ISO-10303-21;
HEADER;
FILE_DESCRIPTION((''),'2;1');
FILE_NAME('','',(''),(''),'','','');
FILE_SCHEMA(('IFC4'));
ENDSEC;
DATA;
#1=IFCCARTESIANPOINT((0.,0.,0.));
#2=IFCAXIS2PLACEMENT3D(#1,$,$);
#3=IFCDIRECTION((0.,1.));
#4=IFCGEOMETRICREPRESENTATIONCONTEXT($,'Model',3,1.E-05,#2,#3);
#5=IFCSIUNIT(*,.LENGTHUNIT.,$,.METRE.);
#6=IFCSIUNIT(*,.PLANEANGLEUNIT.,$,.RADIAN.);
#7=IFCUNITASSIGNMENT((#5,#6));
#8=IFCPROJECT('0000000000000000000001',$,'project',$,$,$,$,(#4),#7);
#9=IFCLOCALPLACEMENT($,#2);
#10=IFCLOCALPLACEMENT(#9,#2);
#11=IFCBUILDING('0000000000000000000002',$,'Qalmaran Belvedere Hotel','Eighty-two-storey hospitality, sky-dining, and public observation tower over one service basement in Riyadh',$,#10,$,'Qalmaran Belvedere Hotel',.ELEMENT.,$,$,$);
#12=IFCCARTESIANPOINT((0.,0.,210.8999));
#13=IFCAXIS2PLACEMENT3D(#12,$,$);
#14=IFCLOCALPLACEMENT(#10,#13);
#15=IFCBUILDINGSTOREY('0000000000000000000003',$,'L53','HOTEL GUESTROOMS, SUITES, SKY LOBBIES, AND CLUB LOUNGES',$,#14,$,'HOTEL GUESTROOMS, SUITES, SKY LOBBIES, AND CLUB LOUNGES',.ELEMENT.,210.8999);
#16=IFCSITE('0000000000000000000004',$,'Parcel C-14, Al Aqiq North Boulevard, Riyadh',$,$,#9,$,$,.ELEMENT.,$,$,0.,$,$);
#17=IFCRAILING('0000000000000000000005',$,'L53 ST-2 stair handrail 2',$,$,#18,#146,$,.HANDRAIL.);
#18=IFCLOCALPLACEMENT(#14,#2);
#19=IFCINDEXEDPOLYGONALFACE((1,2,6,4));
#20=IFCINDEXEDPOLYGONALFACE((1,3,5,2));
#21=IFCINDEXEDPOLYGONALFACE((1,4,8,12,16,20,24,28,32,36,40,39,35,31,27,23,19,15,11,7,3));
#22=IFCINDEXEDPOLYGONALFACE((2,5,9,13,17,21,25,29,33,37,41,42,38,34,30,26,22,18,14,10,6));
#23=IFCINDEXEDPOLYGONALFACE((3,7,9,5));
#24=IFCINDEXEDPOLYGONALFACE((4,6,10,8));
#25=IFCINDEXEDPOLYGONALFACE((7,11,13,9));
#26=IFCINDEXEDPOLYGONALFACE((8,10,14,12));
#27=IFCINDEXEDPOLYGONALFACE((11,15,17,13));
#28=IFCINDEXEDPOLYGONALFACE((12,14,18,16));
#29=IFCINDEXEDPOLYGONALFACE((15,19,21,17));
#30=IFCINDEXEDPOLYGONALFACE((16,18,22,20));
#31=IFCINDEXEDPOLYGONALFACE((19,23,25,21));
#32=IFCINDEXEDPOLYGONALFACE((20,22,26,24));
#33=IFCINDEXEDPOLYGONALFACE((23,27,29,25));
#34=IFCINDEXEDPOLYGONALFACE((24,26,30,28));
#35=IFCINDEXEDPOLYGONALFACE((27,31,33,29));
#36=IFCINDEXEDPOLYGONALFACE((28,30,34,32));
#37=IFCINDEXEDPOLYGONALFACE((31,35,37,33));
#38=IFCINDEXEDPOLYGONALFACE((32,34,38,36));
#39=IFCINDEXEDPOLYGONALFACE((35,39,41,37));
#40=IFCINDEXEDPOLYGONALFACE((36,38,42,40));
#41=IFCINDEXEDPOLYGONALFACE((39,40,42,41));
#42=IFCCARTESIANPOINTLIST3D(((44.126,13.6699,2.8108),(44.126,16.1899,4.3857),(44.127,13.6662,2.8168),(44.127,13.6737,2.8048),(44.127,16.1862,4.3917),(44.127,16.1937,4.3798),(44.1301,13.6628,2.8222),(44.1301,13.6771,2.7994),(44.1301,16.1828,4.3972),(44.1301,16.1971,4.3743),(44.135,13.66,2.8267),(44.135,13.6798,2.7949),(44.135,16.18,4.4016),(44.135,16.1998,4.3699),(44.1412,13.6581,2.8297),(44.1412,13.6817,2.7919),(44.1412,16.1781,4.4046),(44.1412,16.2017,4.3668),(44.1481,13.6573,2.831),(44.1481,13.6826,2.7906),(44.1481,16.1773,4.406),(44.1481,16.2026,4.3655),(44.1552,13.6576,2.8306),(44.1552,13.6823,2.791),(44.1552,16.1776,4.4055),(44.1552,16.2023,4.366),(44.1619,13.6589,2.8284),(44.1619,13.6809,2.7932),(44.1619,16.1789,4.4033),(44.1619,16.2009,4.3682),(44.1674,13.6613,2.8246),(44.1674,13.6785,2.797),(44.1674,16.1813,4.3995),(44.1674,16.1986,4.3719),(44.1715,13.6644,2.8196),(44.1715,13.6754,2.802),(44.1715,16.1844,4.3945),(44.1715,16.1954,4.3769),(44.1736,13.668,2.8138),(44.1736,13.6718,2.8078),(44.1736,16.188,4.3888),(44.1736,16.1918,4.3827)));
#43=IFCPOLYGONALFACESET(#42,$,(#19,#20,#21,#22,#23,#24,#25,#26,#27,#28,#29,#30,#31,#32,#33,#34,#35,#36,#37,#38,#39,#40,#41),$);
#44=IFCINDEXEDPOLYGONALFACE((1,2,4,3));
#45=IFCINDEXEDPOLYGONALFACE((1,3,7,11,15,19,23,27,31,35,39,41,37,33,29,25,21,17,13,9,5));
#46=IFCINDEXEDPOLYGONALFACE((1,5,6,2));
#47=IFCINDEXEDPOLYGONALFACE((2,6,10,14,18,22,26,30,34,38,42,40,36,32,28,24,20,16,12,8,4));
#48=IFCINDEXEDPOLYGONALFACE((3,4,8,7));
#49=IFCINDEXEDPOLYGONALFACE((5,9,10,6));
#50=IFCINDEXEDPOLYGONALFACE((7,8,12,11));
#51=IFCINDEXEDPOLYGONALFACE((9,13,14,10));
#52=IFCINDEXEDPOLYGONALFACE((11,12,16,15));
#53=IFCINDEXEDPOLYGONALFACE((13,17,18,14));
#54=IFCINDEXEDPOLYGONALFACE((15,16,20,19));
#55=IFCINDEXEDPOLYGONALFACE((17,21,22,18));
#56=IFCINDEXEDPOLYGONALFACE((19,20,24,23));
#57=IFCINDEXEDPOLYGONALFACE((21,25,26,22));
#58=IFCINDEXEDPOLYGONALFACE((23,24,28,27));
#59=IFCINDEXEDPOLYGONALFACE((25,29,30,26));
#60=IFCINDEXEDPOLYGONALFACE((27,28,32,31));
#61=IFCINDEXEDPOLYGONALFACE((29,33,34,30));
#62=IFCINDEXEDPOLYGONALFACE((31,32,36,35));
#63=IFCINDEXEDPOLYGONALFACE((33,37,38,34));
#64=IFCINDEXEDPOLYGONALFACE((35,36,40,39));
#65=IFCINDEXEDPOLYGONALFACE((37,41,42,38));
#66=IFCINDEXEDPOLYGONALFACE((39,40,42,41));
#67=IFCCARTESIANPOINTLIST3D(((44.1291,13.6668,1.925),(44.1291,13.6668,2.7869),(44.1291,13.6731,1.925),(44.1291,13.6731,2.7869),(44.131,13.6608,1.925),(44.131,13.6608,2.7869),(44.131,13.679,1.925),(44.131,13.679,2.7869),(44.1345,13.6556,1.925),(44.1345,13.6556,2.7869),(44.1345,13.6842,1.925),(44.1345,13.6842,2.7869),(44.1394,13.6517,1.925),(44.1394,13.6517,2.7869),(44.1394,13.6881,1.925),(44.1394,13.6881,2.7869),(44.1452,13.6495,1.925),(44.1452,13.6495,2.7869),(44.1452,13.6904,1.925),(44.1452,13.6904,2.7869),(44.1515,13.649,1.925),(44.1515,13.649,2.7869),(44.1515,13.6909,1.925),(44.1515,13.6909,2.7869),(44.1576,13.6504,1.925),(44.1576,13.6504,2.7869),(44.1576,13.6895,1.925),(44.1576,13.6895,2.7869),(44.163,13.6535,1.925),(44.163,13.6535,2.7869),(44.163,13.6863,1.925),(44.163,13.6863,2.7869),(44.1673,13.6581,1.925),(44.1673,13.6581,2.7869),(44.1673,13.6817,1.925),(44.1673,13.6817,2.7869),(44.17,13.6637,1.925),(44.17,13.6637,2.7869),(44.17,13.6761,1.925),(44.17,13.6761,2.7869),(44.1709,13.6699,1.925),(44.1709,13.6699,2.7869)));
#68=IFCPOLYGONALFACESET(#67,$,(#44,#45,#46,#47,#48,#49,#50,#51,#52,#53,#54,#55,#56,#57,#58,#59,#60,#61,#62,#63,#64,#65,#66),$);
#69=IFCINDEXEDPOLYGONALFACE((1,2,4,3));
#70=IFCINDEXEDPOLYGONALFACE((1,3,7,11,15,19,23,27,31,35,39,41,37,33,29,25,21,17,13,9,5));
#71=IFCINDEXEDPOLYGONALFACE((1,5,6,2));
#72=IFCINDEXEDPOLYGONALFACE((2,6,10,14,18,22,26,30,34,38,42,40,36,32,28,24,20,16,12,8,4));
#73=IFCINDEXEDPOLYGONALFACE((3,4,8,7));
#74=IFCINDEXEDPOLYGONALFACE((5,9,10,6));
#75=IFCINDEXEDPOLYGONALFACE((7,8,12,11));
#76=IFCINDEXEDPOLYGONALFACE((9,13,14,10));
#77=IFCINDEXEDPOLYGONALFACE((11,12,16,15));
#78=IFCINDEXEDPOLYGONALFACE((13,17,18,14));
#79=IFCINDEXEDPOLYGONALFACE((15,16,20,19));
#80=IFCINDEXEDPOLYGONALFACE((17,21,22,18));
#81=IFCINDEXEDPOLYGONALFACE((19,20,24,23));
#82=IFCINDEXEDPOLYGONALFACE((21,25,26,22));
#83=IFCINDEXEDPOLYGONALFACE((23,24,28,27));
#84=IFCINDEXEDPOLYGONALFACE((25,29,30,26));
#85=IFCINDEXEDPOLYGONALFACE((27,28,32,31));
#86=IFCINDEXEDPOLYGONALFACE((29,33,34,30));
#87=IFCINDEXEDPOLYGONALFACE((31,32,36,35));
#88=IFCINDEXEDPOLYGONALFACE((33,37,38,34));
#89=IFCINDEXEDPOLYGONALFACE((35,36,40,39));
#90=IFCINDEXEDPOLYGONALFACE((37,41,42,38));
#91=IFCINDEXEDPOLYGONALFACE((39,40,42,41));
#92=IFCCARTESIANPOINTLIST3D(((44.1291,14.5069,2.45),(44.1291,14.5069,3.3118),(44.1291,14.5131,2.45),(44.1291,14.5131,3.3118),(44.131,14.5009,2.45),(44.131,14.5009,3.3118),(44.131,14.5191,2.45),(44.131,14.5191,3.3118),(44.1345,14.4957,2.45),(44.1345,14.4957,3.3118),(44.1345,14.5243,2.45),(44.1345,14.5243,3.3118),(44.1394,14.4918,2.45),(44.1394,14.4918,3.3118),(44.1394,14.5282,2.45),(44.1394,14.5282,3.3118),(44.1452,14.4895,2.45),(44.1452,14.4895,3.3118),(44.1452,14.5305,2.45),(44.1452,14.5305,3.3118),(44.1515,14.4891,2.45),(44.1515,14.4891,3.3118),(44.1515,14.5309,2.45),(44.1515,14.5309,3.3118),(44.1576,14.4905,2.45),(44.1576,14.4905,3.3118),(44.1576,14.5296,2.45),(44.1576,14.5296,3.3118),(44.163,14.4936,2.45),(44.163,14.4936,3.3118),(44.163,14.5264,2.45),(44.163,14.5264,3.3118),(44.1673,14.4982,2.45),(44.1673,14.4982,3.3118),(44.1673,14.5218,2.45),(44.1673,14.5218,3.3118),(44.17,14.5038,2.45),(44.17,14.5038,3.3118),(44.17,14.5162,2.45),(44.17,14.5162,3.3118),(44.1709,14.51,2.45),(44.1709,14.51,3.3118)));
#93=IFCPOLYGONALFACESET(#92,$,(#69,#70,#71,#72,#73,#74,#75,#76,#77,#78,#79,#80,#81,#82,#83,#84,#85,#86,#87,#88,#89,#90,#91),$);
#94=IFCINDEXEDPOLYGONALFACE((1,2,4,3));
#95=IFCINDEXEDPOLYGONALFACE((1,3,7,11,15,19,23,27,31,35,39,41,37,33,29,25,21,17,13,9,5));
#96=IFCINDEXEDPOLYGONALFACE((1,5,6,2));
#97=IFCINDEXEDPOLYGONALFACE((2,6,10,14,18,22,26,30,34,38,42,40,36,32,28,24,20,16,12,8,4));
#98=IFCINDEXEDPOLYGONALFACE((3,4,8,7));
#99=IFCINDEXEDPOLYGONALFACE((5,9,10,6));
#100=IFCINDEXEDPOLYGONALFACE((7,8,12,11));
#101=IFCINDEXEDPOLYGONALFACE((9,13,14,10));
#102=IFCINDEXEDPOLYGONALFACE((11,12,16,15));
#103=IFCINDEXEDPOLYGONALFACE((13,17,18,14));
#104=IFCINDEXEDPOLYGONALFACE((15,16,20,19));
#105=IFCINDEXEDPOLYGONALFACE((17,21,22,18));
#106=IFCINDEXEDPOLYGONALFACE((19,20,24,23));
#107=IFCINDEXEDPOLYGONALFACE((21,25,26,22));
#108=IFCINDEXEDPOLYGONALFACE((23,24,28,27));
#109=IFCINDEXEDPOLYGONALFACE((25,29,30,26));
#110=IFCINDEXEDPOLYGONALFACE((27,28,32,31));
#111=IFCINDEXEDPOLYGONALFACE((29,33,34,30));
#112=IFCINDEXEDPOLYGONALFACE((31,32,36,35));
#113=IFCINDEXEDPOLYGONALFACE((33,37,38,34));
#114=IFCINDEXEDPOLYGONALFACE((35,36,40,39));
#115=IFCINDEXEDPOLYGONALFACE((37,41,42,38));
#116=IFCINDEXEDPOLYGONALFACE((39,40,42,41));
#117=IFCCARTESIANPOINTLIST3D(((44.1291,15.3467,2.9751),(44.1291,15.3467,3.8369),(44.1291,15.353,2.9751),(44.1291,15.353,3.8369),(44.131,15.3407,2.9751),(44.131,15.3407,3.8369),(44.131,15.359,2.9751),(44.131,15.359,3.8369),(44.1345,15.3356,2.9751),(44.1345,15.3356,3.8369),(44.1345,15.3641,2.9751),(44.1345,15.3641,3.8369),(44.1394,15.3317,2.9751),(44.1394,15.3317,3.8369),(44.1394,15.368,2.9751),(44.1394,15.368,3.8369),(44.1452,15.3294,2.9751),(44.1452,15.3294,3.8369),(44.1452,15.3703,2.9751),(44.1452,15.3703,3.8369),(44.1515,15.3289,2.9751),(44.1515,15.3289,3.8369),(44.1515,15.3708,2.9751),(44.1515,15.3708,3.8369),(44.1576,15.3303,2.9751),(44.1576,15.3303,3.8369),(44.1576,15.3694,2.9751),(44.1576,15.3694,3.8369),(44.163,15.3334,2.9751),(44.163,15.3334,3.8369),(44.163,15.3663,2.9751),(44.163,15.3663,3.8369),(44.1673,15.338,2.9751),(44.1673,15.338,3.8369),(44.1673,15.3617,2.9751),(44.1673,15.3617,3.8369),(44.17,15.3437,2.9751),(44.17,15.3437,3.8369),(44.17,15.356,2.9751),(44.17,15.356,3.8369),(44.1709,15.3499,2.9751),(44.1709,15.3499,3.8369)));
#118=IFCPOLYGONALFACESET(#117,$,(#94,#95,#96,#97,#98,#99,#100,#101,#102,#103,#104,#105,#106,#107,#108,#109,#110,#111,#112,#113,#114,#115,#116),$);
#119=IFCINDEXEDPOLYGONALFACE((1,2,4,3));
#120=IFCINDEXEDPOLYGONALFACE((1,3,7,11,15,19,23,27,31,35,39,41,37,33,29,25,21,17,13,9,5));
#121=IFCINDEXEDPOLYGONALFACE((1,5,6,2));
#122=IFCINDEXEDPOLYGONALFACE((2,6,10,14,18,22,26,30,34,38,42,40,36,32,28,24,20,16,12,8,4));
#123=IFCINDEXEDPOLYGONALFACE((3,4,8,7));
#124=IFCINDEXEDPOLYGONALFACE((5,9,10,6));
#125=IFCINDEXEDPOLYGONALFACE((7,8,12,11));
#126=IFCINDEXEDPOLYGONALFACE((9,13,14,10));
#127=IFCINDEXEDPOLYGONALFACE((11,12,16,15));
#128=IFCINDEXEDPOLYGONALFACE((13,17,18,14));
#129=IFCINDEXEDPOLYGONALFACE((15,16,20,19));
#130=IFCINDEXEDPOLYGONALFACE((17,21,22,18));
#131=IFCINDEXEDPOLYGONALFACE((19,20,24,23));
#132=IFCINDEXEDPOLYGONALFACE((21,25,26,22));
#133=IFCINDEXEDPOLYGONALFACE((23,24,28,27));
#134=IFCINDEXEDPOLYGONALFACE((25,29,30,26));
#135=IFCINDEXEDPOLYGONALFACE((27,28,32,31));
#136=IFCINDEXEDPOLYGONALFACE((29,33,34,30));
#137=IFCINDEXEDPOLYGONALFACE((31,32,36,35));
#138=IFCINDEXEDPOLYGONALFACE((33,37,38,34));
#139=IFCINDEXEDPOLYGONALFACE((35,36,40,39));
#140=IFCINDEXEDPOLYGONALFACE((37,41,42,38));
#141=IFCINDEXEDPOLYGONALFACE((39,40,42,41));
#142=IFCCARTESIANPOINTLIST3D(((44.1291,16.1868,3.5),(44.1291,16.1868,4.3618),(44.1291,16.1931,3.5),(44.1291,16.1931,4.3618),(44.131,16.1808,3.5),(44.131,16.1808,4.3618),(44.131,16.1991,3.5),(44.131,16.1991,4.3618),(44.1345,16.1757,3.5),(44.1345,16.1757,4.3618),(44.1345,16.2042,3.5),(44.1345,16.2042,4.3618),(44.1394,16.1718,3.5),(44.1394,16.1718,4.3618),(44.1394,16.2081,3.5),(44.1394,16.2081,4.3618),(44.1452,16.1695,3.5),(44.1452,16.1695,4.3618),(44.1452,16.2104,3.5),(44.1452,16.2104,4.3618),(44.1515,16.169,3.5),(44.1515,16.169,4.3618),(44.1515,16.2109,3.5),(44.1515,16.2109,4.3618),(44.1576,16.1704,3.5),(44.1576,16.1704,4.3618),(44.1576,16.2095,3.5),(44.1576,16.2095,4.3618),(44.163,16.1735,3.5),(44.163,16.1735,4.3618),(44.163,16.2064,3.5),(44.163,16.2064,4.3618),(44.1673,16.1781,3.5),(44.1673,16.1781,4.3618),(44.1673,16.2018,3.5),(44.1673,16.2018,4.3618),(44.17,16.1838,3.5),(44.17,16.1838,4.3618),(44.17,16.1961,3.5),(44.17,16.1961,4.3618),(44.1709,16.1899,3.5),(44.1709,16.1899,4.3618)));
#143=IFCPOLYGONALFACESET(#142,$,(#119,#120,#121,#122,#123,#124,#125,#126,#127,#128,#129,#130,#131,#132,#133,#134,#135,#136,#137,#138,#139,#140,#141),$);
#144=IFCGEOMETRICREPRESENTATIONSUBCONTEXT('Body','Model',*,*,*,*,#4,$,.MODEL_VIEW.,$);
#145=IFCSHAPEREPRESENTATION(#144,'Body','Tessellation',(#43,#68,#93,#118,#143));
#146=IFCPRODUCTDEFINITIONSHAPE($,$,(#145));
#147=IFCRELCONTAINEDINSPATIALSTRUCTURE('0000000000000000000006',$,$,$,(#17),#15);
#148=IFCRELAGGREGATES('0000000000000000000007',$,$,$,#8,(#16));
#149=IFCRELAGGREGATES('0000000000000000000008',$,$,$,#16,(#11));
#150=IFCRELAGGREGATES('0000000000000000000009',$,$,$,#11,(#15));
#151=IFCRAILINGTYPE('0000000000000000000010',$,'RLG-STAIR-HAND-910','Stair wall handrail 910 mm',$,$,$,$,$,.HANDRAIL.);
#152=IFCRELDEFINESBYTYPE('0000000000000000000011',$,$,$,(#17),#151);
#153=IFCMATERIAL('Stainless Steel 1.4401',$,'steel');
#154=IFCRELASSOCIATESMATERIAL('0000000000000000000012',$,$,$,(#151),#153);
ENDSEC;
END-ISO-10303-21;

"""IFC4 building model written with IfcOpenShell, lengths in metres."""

from ifc_helpers import new_model, si_unit, direction, frame, origin, origin_2d, place, context, subcontext, project, spatial, circle, extrude, material, type_object, element, save


model = new_model("IFC4")

# Units and contexts
model_context = context("Model", 3, precision=1e-05, world=origin(), true_north=direction((0.0, 1.0)))
body_context = subcontext(model_context, "Body", "Model", "MODEL_VIEW")
ifc_project = project(units=[si_unit("LENGTHUNIT", "METRE"), si_unit("PLANEANGLEUNIT", "RADIAN")], contexts=[model_context])

# Site, building, storey
site_placement = place(None, origin())
site = spatial("IfcSite", under=ifc_project, at=site_placement, Name="Parcel C-14, Al Aqiq North Boulevard, Riyadh", CompositionType="ELEMENT", RefElevation=0.0)
building_placement = place(site_placement, origin())
building = spatial("IfcBuilding", under=site, at=building_placement, Name="Qalmaran Belvedere Hotel", Description="Eighty-two-storey hospitality, sky-dining, and public observation tower over one service basement in Riyadh", LongName="Qalmaran Belvedere Hotel", CompositionType="ELEMENT")
storey_placement = place(building_placement, frame((0.0, 0.0, 210.8999)))
storey = spatial("IfcBuildingStorey", under=building, at=storey_placement, Name="L53", Description="HOTEL GUESTROOMS, SUITES, SKY LOBBIES, AND CLUB LOUNGES", LongName="HOTEL GUESTROOMS, SUITES, SKY LOBBIES, AND CLUB LOUNGES", CompositionType="ELEMENT", Elevation=210.8999)

# Railing
ifc_material_1 = material(Name="Stainless Steel 1.4401", Category="steel")
railing_type_1 = type_object("IfcRailingType", Name="RLG-STAIR-HAND-910", Description="Stair wall handrail 910 mm", PredefinedType="HANDRAIL", material=ifc_material_1)
railing_1_placement = place(storey_placement, frame((44.1499, 13.6699, 1.925)))
element("IfcRailing", 1, at=railing_1_placement, inside=storey, type_object=railing_type_1, Name="L53 ST-2 stair handrail 2", PredefinedType="HANDRAIL", context=body_context, shape_type="SweptSolid", body=[
    extrude(circle(Radius=0.0239, at=origin_2d()), frame((0.0, 0.0, 0.8857), z_axis=(0.0, 0.848008, 0.529984), x_axis=(-1.0, 0.0, 0.0)), (0.0, 0.0, 1.0), 2.9717),
    extrude(circle(Radius=0.021, at=origin_2d()), origin(), (0.0, 0.0, 1.0), 0.8618),
    extrude(circle(Radius=0.021, at=origin_2d()), frame((0.0, 0.8401, 0.5249)), (0.0, 0.0, 1.0), 0.8618),
    extrude(circle(Radius=0.021, at=origin_2d()), frame((0.0, 1.6799, 1.05)), (0.0, 0.0, 1.0), 0.8618),
    extrude(circle(Radius=0.021, at=origin_2d()), frame((0.0, 2.52, 1.575)), (0.0, 0.0, 1.0), 0.8618),
])

save(model, "model.ifc")
